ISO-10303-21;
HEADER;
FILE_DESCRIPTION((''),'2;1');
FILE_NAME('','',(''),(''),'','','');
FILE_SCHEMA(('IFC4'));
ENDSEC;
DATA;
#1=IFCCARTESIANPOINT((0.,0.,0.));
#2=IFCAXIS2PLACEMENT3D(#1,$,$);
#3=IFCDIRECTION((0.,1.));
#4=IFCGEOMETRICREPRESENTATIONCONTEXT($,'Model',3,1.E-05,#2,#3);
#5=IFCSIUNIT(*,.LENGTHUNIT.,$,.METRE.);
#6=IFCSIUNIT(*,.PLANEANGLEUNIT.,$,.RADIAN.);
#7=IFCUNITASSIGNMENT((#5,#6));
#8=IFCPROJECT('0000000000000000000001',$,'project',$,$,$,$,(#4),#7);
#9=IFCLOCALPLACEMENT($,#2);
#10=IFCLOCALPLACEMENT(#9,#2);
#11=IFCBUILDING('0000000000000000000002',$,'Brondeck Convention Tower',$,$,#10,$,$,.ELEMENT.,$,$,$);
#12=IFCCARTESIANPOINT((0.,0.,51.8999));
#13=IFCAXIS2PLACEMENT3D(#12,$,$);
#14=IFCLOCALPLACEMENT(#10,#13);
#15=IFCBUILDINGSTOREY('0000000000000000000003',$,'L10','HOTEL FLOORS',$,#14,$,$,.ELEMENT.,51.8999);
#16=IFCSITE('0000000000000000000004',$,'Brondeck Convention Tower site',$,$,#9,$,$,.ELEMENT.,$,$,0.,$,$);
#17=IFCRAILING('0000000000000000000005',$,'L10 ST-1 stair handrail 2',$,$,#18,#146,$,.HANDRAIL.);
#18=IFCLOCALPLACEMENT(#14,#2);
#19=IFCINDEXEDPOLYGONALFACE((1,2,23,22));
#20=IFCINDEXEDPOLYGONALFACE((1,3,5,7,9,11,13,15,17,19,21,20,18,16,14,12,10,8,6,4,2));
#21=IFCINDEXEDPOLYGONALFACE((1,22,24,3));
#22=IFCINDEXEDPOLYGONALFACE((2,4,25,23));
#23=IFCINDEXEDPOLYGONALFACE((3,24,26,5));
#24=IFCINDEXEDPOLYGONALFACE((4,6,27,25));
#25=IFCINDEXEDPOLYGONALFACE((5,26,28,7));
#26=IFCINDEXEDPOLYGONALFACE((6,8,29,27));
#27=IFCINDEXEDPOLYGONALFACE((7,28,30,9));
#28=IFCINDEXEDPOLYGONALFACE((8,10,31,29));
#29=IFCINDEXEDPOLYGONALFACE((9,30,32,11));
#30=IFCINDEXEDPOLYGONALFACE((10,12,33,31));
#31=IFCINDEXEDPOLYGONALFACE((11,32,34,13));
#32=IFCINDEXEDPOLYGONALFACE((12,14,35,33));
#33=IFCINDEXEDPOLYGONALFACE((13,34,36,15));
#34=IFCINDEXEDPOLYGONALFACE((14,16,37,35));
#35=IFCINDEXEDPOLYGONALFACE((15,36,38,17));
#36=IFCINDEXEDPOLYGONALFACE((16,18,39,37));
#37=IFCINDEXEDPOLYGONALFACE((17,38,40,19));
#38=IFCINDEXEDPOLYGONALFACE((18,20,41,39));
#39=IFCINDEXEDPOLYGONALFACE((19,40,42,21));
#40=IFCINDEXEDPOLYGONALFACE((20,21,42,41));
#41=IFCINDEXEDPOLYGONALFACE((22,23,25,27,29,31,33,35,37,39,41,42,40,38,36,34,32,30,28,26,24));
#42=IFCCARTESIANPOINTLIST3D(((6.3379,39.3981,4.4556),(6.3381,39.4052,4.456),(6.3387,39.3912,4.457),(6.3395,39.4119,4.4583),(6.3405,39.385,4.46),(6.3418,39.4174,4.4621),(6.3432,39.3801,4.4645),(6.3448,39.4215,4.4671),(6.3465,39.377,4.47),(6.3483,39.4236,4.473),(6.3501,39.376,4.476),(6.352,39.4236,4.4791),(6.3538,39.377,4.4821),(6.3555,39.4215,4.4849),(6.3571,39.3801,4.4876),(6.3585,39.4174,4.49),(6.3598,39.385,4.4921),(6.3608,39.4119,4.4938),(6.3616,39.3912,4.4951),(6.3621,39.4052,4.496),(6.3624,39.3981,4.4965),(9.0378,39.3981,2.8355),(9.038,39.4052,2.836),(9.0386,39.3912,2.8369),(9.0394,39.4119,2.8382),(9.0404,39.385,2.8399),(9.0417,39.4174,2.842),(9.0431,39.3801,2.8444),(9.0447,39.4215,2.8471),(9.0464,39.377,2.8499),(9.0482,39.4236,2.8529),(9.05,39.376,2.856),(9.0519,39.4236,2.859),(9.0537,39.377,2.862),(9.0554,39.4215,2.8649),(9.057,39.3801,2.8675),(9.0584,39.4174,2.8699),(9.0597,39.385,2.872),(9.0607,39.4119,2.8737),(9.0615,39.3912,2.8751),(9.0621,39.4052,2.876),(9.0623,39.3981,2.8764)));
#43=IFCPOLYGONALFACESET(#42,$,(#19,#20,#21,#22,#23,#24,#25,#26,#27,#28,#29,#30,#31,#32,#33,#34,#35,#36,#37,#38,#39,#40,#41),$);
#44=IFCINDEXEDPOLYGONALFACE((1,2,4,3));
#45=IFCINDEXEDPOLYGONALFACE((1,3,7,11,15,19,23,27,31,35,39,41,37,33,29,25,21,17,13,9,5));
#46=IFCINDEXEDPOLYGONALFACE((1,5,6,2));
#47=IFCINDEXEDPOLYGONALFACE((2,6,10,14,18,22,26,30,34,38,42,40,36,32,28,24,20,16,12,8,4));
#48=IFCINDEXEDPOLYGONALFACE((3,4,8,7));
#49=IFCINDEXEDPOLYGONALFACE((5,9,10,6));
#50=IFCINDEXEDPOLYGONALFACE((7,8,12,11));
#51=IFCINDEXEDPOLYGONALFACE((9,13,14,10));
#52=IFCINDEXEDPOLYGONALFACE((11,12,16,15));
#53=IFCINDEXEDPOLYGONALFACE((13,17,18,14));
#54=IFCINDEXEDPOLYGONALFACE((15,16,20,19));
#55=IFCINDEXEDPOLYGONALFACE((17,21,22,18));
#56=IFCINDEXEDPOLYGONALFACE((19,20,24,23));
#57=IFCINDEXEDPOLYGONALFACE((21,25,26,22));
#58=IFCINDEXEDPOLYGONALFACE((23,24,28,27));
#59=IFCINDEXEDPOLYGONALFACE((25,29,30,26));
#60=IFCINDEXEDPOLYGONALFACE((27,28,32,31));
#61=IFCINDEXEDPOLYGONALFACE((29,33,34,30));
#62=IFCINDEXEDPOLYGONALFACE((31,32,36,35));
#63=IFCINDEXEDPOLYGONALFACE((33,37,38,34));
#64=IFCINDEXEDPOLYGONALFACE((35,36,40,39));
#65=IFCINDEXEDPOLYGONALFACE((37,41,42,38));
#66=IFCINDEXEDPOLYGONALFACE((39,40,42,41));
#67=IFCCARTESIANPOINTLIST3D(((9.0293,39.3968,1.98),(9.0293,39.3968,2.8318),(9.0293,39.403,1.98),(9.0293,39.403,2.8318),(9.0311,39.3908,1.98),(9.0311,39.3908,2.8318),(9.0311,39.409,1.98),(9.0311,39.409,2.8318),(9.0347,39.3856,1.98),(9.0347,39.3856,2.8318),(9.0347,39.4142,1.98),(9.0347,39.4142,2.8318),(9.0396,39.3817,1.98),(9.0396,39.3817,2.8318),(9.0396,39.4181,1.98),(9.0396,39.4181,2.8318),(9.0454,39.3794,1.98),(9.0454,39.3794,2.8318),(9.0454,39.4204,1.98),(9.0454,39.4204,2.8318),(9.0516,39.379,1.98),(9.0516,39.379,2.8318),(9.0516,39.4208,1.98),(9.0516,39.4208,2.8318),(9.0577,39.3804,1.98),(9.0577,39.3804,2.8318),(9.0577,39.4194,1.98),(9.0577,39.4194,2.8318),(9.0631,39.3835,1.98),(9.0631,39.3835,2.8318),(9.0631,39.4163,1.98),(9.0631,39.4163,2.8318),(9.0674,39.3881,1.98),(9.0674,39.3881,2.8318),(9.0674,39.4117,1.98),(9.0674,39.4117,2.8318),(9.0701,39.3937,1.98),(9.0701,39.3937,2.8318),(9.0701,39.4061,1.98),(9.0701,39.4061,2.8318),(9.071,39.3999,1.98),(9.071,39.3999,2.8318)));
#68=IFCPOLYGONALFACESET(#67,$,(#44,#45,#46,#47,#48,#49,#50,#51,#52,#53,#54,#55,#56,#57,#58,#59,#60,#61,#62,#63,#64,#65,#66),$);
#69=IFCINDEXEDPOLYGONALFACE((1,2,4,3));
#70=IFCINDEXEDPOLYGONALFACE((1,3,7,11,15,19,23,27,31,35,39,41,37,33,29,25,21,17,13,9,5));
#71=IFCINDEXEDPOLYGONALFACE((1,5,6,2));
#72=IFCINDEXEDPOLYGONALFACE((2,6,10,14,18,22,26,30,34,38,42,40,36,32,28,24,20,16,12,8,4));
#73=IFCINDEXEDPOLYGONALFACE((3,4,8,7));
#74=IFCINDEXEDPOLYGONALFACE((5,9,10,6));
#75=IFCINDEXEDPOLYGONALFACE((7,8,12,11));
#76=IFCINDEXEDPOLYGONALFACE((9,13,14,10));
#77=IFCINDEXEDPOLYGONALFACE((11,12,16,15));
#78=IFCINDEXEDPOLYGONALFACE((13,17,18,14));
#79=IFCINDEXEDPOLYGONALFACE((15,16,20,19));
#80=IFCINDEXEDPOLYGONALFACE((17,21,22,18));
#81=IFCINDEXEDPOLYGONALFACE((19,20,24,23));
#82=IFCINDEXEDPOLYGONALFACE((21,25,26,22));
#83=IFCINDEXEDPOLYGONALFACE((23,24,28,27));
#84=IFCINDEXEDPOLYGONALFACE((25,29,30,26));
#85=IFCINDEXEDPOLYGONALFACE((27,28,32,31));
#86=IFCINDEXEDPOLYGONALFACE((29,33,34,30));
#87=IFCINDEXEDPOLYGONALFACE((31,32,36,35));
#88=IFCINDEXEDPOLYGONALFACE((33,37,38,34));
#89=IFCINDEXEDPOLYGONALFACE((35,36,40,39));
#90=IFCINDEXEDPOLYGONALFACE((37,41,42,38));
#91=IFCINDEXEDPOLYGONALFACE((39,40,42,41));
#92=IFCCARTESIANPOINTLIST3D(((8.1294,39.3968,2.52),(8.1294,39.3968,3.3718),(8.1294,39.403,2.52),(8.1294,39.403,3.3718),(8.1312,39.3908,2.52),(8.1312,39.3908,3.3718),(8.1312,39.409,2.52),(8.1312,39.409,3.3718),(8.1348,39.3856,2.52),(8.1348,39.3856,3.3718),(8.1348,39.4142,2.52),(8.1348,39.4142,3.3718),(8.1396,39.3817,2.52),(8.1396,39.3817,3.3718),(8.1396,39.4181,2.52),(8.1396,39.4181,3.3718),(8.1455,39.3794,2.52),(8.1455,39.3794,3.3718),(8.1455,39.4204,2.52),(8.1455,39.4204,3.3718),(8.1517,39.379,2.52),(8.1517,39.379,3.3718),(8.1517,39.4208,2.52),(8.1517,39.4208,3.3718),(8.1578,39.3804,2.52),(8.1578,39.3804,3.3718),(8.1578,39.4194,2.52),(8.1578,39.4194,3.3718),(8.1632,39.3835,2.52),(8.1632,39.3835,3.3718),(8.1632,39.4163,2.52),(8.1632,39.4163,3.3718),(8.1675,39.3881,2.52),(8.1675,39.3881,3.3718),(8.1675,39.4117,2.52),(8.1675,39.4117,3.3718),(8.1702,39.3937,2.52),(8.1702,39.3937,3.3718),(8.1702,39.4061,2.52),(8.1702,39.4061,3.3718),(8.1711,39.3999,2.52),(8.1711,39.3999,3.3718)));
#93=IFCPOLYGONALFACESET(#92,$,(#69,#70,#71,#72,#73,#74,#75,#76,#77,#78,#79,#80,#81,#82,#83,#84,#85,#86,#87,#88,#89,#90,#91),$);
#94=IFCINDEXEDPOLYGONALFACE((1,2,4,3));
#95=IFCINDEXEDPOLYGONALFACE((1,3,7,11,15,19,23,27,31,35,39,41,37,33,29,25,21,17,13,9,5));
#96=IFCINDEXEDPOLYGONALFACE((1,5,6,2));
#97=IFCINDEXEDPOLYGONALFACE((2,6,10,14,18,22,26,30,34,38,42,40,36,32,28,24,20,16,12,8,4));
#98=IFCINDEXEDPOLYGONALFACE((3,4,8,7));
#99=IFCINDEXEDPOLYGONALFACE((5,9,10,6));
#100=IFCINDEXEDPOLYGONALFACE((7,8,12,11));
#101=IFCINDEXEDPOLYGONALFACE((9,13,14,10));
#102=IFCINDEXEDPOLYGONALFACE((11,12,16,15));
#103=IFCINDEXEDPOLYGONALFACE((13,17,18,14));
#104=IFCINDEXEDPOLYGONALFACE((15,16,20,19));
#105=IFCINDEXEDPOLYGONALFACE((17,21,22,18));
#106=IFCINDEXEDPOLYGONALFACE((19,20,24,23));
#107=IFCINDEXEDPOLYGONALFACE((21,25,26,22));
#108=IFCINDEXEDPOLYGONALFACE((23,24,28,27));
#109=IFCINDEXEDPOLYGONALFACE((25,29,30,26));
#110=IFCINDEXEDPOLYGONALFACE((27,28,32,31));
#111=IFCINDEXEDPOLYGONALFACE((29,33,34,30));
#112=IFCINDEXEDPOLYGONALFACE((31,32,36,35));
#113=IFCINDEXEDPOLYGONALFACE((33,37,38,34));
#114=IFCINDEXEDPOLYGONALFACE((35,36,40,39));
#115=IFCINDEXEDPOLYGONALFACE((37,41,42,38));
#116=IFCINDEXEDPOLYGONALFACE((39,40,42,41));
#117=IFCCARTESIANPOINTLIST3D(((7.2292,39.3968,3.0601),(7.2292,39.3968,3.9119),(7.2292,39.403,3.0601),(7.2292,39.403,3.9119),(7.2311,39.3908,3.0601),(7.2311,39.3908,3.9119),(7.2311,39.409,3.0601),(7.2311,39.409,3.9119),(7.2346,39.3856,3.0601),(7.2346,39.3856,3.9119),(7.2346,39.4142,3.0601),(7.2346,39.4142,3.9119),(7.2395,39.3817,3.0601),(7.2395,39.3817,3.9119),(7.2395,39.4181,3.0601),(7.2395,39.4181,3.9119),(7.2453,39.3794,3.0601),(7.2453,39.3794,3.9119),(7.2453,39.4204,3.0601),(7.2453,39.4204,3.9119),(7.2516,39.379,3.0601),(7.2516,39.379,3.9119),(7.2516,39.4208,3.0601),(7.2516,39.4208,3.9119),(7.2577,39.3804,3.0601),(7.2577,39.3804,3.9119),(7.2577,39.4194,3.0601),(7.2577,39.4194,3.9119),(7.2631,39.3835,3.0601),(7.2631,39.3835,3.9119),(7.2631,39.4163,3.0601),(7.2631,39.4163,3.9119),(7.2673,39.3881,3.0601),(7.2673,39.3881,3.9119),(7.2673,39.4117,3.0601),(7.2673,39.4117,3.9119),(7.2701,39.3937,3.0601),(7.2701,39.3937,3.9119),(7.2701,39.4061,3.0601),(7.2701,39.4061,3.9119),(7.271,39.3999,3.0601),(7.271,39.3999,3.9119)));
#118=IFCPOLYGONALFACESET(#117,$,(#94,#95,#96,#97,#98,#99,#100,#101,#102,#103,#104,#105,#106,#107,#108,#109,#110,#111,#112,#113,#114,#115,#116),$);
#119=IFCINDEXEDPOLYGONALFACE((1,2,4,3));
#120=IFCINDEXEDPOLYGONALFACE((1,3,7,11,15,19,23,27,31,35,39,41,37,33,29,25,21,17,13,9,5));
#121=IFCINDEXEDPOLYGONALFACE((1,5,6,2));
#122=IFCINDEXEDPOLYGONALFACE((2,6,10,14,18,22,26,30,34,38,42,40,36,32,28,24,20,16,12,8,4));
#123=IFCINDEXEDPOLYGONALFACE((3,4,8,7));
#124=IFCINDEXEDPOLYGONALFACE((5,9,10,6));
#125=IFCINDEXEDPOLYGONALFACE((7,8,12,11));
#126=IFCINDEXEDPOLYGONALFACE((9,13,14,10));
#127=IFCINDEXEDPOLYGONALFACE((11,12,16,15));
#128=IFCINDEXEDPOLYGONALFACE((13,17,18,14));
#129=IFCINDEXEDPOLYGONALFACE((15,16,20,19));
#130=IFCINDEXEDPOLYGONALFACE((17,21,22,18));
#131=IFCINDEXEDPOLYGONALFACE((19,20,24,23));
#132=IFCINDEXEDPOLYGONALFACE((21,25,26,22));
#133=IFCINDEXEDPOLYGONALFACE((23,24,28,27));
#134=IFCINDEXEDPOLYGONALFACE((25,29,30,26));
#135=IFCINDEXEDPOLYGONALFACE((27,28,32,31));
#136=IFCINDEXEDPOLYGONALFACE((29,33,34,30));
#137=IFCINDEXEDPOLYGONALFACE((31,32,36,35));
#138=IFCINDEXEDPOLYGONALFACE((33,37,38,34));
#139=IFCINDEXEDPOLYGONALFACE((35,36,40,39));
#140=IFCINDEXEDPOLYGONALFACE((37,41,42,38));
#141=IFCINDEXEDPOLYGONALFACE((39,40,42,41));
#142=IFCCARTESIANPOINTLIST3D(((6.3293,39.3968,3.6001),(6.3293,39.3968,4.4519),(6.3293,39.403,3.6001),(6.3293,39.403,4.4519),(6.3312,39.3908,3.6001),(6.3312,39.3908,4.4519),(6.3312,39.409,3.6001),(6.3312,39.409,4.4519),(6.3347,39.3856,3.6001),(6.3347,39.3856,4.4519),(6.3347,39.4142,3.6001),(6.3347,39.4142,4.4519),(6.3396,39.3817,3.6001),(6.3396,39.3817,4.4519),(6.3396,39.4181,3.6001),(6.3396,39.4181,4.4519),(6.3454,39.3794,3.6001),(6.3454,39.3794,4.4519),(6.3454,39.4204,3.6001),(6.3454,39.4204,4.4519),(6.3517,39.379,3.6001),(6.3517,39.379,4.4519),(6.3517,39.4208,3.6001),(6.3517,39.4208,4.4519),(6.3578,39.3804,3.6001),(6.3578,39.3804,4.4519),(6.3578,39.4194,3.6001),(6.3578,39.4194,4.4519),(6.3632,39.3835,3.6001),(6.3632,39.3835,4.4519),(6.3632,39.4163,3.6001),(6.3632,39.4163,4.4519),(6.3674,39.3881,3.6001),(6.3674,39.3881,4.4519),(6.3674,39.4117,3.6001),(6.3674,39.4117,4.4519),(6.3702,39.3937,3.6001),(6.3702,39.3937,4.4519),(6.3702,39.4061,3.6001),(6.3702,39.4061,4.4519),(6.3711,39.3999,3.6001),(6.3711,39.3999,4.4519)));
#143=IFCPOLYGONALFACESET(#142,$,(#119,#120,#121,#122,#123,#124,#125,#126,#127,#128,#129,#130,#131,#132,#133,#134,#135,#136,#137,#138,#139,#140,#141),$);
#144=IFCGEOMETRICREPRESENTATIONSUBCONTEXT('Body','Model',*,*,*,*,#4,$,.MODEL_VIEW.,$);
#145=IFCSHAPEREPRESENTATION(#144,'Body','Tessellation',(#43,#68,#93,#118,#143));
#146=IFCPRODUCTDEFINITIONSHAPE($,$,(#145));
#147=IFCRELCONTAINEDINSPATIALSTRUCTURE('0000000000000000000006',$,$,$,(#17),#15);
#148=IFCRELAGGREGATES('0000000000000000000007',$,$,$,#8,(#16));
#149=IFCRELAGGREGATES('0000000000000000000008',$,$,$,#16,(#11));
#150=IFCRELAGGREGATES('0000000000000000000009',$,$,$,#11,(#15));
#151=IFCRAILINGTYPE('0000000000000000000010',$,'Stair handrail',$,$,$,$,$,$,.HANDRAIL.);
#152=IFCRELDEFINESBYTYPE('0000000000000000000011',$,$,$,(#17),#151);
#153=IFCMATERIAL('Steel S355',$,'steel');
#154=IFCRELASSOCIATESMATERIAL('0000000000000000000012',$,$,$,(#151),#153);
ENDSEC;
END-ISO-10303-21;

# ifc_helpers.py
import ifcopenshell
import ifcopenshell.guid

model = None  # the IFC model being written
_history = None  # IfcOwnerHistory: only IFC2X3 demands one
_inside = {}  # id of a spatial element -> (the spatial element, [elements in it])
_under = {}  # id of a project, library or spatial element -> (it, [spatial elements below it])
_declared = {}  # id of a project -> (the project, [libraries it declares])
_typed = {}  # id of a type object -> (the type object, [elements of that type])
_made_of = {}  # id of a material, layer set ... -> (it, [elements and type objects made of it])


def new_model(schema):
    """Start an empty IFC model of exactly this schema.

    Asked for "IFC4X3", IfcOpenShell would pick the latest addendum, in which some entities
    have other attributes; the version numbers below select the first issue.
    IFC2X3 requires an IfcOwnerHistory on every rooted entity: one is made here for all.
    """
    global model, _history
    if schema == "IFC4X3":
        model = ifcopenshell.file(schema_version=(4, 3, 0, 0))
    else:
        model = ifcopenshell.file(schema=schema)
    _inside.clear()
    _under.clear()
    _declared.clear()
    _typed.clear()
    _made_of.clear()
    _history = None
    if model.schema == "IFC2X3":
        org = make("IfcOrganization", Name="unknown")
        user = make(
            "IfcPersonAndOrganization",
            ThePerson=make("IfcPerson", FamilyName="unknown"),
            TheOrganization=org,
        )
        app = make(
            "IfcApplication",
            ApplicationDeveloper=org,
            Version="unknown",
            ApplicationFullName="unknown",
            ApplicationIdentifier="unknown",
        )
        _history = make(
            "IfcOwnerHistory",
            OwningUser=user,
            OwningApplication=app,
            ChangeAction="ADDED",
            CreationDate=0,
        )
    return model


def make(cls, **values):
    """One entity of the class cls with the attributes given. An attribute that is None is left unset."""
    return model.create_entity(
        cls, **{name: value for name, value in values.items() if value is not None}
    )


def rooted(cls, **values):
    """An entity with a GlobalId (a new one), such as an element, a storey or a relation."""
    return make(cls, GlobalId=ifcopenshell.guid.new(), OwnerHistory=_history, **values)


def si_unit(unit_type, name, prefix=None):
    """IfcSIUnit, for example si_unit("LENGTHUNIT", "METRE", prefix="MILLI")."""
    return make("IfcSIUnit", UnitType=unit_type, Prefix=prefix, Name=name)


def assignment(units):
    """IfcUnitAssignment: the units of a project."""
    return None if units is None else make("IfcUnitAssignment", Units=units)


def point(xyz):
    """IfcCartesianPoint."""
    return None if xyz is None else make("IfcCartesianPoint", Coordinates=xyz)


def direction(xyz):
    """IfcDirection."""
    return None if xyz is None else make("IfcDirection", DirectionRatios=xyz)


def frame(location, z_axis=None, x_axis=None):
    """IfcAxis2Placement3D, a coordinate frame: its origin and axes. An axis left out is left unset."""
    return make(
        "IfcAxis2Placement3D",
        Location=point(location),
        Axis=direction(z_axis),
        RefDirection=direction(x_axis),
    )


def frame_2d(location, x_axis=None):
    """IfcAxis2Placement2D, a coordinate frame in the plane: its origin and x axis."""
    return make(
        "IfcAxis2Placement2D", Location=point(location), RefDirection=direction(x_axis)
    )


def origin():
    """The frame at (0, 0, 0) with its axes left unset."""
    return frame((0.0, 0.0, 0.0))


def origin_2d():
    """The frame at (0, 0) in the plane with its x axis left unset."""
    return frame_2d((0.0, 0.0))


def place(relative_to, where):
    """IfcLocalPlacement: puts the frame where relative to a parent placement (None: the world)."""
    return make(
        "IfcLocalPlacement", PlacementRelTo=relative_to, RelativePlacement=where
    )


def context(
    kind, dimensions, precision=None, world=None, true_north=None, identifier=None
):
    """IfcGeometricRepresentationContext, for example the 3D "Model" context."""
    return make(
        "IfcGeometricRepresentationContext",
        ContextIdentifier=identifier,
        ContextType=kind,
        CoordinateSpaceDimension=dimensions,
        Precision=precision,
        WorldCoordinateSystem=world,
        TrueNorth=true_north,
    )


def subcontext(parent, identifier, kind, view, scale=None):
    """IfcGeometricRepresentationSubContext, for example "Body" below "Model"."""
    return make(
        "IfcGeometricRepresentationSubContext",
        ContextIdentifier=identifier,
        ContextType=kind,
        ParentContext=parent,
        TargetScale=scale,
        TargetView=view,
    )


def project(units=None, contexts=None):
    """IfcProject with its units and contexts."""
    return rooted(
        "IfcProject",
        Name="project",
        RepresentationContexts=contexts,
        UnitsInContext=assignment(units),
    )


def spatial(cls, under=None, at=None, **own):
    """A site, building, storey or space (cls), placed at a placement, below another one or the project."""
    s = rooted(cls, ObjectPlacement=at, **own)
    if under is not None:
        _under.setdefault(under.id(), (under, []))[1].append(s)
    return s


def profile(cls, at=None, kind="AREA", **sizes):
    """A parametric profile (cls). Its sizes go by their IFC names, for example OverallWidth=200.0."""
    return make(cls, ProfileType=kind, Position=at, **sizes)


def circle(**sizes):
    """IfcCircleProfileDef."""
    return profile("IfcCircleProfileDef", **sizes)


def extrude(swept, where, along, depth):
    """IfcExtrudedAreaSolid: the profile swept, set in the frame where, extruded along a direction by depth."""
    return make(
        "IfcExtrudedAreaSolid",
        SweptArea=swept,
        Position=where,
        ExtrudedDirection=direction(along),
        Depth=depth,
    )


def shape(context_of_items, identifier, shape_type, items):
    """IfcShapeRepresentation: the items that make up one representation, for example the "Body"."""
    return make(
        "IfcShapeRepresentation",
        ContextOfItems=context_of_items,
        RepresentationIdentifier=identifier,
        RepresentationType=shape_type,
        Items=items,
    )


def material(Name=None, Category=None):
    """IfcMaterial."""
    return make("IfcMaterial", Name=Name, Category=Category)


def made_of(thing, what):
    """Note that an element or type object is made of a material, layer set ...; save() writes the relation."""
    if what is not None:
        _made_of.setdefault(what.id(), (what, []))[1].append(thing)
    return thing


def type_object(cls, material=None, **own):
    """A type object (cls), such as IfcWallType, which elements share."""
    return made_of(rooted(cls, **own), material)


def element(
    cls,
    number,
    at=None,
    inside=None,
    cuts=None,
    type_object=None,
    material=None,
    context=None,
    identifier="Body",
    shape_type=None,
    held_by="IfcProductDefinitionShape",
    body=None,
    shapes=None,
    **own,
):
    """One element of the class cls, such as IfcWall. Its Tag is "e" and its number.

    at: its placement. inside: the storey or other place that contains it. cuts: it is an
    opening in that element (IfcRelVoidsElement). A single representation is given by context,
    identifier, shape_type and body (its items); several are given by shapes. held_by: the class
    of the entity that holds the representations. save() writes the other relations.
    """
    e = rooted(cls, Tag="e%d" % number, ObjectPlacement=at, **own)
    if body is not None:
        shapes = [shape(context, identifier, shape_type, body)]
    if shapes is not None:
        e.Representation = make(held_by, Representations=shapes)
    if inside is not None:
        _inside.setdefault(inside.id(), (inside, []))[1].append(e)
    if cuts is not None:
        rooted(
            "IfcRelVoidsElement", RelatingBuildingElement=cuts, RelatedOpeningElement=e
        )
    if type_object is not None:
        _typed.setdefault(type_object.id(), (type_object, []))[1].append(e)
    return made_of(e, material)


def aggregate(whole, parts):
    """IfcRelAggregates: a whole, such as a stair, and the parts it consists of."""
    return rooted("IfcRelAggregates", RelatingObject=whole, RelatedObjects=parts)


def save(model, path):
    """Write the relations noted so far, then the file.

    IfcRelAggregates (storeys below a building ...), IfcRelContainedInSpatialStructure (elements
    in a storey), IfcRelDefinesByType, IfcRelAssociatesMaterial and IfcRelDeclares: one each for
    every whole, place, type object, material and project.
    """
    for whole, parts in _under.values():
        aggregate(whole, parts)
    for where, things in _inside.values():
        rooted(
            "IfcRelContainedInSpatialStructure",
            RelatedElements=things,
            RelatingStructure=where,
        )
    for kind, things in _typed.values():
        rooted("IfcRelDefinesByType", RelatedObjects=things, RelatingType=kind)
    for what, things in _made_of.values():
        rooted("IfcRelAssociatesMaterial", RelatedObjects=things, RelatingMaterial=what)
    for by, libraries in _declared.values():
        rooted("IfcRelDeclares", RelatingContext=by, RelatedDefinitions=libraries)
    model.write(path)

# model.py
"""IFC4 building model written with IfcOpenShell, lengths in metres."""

from ifc_helpers import new_model, si_unit, direction, frame, origin, origin_2d, place, context, subcontext, project, spatial, circle, extrude, material, type_object, element, save


model = new_model("IFC4")

# Units and contexts
model_context = context("Model", 3, precision=1e-05, world=origin(), true_north=direction((0.0, 1.0)))
body_context = subcontext(model_context, "Body", "Model", "MODEL_VIEW")
ifc_project = project(units=[si_unit("LENGTHUNIT", "METRE"), si_unit("PLANEANGLEUNIT", "RADIAN")], contexts=[model_context])

# Site, building, storey
site_placement = place(None, origin())
site = spatial("IfcSite", under=ifc_project, at=site_placement, Name="Brondeck Convention Tower site", CompositionType="ELEMENT", RefElevation=0.0)
building_placement = place(site_placement, origin())
building = spatial("IfcBuilding", under=site, at=building_placement, Name="Brondeck Convention Tower", CompositionType="ELEMENT")
storey_placement = place(building_placement, frame((0.0, 0.0, 51.8999)))
storey = spatial("IfcBuildingStorey", under=building, at=storey_placement, Name="L10", Description="HOTEL FLOORS", CompositionType="ELEMENT", Elevation=51.8999)

# Shared definitions
ifc_material_1 = material(Name="Steel S355", Category="steel")

# Railing
railing_type = type_object("IfcRailingType", Name="Stair handrail", PredefinedType="HANDRAIL", material=ifc_material_1)
railing_placement = place(storey_placement, frame((9.05, 39.3999, 1.98)))
element("IfcRailing", 1, at=railing_placement, inside=storey, type_object=railing_type, Name="L10 ST-1 stair handrail 2", PredefinedType="HANDRAIL", context=body_context, shape_type="SweptSolid", body=[
    extrude(circle(Radius=0.0239, at=origin_2d()), frame((0.0, 0.0, 0.876), z_axis=(-0.857472, 0.0, 0.51453), x_axis=(0.0, -1.0, 0.0)), (0.0, 0.0, 1.0), 3.1487),
    extrude(circle(Radius=0.021, at=origin_2d()), origin(), (0.0, 0.0, 1.0), 0.8518),
    extrude(circle(Radius=0.021, at=origin_2d()), frame((-0.8999, 0.0, 0.54)), (0.0, 0.0, 1.0), 0.8518),
    extrude(circle(Radius=0.021, at=origin_2d()), frame((-1.8, 0.0, 1.0801)), (0.0, 0.0, 1.0), 0.8518),
    extrude(circle(Radius=0.021, at=origin_2d()), frame((-2.7, 0.0, 1.6201)), (0.0, 0.0, 1.0), 0.8518),
])

save(model, "model.ifc")
